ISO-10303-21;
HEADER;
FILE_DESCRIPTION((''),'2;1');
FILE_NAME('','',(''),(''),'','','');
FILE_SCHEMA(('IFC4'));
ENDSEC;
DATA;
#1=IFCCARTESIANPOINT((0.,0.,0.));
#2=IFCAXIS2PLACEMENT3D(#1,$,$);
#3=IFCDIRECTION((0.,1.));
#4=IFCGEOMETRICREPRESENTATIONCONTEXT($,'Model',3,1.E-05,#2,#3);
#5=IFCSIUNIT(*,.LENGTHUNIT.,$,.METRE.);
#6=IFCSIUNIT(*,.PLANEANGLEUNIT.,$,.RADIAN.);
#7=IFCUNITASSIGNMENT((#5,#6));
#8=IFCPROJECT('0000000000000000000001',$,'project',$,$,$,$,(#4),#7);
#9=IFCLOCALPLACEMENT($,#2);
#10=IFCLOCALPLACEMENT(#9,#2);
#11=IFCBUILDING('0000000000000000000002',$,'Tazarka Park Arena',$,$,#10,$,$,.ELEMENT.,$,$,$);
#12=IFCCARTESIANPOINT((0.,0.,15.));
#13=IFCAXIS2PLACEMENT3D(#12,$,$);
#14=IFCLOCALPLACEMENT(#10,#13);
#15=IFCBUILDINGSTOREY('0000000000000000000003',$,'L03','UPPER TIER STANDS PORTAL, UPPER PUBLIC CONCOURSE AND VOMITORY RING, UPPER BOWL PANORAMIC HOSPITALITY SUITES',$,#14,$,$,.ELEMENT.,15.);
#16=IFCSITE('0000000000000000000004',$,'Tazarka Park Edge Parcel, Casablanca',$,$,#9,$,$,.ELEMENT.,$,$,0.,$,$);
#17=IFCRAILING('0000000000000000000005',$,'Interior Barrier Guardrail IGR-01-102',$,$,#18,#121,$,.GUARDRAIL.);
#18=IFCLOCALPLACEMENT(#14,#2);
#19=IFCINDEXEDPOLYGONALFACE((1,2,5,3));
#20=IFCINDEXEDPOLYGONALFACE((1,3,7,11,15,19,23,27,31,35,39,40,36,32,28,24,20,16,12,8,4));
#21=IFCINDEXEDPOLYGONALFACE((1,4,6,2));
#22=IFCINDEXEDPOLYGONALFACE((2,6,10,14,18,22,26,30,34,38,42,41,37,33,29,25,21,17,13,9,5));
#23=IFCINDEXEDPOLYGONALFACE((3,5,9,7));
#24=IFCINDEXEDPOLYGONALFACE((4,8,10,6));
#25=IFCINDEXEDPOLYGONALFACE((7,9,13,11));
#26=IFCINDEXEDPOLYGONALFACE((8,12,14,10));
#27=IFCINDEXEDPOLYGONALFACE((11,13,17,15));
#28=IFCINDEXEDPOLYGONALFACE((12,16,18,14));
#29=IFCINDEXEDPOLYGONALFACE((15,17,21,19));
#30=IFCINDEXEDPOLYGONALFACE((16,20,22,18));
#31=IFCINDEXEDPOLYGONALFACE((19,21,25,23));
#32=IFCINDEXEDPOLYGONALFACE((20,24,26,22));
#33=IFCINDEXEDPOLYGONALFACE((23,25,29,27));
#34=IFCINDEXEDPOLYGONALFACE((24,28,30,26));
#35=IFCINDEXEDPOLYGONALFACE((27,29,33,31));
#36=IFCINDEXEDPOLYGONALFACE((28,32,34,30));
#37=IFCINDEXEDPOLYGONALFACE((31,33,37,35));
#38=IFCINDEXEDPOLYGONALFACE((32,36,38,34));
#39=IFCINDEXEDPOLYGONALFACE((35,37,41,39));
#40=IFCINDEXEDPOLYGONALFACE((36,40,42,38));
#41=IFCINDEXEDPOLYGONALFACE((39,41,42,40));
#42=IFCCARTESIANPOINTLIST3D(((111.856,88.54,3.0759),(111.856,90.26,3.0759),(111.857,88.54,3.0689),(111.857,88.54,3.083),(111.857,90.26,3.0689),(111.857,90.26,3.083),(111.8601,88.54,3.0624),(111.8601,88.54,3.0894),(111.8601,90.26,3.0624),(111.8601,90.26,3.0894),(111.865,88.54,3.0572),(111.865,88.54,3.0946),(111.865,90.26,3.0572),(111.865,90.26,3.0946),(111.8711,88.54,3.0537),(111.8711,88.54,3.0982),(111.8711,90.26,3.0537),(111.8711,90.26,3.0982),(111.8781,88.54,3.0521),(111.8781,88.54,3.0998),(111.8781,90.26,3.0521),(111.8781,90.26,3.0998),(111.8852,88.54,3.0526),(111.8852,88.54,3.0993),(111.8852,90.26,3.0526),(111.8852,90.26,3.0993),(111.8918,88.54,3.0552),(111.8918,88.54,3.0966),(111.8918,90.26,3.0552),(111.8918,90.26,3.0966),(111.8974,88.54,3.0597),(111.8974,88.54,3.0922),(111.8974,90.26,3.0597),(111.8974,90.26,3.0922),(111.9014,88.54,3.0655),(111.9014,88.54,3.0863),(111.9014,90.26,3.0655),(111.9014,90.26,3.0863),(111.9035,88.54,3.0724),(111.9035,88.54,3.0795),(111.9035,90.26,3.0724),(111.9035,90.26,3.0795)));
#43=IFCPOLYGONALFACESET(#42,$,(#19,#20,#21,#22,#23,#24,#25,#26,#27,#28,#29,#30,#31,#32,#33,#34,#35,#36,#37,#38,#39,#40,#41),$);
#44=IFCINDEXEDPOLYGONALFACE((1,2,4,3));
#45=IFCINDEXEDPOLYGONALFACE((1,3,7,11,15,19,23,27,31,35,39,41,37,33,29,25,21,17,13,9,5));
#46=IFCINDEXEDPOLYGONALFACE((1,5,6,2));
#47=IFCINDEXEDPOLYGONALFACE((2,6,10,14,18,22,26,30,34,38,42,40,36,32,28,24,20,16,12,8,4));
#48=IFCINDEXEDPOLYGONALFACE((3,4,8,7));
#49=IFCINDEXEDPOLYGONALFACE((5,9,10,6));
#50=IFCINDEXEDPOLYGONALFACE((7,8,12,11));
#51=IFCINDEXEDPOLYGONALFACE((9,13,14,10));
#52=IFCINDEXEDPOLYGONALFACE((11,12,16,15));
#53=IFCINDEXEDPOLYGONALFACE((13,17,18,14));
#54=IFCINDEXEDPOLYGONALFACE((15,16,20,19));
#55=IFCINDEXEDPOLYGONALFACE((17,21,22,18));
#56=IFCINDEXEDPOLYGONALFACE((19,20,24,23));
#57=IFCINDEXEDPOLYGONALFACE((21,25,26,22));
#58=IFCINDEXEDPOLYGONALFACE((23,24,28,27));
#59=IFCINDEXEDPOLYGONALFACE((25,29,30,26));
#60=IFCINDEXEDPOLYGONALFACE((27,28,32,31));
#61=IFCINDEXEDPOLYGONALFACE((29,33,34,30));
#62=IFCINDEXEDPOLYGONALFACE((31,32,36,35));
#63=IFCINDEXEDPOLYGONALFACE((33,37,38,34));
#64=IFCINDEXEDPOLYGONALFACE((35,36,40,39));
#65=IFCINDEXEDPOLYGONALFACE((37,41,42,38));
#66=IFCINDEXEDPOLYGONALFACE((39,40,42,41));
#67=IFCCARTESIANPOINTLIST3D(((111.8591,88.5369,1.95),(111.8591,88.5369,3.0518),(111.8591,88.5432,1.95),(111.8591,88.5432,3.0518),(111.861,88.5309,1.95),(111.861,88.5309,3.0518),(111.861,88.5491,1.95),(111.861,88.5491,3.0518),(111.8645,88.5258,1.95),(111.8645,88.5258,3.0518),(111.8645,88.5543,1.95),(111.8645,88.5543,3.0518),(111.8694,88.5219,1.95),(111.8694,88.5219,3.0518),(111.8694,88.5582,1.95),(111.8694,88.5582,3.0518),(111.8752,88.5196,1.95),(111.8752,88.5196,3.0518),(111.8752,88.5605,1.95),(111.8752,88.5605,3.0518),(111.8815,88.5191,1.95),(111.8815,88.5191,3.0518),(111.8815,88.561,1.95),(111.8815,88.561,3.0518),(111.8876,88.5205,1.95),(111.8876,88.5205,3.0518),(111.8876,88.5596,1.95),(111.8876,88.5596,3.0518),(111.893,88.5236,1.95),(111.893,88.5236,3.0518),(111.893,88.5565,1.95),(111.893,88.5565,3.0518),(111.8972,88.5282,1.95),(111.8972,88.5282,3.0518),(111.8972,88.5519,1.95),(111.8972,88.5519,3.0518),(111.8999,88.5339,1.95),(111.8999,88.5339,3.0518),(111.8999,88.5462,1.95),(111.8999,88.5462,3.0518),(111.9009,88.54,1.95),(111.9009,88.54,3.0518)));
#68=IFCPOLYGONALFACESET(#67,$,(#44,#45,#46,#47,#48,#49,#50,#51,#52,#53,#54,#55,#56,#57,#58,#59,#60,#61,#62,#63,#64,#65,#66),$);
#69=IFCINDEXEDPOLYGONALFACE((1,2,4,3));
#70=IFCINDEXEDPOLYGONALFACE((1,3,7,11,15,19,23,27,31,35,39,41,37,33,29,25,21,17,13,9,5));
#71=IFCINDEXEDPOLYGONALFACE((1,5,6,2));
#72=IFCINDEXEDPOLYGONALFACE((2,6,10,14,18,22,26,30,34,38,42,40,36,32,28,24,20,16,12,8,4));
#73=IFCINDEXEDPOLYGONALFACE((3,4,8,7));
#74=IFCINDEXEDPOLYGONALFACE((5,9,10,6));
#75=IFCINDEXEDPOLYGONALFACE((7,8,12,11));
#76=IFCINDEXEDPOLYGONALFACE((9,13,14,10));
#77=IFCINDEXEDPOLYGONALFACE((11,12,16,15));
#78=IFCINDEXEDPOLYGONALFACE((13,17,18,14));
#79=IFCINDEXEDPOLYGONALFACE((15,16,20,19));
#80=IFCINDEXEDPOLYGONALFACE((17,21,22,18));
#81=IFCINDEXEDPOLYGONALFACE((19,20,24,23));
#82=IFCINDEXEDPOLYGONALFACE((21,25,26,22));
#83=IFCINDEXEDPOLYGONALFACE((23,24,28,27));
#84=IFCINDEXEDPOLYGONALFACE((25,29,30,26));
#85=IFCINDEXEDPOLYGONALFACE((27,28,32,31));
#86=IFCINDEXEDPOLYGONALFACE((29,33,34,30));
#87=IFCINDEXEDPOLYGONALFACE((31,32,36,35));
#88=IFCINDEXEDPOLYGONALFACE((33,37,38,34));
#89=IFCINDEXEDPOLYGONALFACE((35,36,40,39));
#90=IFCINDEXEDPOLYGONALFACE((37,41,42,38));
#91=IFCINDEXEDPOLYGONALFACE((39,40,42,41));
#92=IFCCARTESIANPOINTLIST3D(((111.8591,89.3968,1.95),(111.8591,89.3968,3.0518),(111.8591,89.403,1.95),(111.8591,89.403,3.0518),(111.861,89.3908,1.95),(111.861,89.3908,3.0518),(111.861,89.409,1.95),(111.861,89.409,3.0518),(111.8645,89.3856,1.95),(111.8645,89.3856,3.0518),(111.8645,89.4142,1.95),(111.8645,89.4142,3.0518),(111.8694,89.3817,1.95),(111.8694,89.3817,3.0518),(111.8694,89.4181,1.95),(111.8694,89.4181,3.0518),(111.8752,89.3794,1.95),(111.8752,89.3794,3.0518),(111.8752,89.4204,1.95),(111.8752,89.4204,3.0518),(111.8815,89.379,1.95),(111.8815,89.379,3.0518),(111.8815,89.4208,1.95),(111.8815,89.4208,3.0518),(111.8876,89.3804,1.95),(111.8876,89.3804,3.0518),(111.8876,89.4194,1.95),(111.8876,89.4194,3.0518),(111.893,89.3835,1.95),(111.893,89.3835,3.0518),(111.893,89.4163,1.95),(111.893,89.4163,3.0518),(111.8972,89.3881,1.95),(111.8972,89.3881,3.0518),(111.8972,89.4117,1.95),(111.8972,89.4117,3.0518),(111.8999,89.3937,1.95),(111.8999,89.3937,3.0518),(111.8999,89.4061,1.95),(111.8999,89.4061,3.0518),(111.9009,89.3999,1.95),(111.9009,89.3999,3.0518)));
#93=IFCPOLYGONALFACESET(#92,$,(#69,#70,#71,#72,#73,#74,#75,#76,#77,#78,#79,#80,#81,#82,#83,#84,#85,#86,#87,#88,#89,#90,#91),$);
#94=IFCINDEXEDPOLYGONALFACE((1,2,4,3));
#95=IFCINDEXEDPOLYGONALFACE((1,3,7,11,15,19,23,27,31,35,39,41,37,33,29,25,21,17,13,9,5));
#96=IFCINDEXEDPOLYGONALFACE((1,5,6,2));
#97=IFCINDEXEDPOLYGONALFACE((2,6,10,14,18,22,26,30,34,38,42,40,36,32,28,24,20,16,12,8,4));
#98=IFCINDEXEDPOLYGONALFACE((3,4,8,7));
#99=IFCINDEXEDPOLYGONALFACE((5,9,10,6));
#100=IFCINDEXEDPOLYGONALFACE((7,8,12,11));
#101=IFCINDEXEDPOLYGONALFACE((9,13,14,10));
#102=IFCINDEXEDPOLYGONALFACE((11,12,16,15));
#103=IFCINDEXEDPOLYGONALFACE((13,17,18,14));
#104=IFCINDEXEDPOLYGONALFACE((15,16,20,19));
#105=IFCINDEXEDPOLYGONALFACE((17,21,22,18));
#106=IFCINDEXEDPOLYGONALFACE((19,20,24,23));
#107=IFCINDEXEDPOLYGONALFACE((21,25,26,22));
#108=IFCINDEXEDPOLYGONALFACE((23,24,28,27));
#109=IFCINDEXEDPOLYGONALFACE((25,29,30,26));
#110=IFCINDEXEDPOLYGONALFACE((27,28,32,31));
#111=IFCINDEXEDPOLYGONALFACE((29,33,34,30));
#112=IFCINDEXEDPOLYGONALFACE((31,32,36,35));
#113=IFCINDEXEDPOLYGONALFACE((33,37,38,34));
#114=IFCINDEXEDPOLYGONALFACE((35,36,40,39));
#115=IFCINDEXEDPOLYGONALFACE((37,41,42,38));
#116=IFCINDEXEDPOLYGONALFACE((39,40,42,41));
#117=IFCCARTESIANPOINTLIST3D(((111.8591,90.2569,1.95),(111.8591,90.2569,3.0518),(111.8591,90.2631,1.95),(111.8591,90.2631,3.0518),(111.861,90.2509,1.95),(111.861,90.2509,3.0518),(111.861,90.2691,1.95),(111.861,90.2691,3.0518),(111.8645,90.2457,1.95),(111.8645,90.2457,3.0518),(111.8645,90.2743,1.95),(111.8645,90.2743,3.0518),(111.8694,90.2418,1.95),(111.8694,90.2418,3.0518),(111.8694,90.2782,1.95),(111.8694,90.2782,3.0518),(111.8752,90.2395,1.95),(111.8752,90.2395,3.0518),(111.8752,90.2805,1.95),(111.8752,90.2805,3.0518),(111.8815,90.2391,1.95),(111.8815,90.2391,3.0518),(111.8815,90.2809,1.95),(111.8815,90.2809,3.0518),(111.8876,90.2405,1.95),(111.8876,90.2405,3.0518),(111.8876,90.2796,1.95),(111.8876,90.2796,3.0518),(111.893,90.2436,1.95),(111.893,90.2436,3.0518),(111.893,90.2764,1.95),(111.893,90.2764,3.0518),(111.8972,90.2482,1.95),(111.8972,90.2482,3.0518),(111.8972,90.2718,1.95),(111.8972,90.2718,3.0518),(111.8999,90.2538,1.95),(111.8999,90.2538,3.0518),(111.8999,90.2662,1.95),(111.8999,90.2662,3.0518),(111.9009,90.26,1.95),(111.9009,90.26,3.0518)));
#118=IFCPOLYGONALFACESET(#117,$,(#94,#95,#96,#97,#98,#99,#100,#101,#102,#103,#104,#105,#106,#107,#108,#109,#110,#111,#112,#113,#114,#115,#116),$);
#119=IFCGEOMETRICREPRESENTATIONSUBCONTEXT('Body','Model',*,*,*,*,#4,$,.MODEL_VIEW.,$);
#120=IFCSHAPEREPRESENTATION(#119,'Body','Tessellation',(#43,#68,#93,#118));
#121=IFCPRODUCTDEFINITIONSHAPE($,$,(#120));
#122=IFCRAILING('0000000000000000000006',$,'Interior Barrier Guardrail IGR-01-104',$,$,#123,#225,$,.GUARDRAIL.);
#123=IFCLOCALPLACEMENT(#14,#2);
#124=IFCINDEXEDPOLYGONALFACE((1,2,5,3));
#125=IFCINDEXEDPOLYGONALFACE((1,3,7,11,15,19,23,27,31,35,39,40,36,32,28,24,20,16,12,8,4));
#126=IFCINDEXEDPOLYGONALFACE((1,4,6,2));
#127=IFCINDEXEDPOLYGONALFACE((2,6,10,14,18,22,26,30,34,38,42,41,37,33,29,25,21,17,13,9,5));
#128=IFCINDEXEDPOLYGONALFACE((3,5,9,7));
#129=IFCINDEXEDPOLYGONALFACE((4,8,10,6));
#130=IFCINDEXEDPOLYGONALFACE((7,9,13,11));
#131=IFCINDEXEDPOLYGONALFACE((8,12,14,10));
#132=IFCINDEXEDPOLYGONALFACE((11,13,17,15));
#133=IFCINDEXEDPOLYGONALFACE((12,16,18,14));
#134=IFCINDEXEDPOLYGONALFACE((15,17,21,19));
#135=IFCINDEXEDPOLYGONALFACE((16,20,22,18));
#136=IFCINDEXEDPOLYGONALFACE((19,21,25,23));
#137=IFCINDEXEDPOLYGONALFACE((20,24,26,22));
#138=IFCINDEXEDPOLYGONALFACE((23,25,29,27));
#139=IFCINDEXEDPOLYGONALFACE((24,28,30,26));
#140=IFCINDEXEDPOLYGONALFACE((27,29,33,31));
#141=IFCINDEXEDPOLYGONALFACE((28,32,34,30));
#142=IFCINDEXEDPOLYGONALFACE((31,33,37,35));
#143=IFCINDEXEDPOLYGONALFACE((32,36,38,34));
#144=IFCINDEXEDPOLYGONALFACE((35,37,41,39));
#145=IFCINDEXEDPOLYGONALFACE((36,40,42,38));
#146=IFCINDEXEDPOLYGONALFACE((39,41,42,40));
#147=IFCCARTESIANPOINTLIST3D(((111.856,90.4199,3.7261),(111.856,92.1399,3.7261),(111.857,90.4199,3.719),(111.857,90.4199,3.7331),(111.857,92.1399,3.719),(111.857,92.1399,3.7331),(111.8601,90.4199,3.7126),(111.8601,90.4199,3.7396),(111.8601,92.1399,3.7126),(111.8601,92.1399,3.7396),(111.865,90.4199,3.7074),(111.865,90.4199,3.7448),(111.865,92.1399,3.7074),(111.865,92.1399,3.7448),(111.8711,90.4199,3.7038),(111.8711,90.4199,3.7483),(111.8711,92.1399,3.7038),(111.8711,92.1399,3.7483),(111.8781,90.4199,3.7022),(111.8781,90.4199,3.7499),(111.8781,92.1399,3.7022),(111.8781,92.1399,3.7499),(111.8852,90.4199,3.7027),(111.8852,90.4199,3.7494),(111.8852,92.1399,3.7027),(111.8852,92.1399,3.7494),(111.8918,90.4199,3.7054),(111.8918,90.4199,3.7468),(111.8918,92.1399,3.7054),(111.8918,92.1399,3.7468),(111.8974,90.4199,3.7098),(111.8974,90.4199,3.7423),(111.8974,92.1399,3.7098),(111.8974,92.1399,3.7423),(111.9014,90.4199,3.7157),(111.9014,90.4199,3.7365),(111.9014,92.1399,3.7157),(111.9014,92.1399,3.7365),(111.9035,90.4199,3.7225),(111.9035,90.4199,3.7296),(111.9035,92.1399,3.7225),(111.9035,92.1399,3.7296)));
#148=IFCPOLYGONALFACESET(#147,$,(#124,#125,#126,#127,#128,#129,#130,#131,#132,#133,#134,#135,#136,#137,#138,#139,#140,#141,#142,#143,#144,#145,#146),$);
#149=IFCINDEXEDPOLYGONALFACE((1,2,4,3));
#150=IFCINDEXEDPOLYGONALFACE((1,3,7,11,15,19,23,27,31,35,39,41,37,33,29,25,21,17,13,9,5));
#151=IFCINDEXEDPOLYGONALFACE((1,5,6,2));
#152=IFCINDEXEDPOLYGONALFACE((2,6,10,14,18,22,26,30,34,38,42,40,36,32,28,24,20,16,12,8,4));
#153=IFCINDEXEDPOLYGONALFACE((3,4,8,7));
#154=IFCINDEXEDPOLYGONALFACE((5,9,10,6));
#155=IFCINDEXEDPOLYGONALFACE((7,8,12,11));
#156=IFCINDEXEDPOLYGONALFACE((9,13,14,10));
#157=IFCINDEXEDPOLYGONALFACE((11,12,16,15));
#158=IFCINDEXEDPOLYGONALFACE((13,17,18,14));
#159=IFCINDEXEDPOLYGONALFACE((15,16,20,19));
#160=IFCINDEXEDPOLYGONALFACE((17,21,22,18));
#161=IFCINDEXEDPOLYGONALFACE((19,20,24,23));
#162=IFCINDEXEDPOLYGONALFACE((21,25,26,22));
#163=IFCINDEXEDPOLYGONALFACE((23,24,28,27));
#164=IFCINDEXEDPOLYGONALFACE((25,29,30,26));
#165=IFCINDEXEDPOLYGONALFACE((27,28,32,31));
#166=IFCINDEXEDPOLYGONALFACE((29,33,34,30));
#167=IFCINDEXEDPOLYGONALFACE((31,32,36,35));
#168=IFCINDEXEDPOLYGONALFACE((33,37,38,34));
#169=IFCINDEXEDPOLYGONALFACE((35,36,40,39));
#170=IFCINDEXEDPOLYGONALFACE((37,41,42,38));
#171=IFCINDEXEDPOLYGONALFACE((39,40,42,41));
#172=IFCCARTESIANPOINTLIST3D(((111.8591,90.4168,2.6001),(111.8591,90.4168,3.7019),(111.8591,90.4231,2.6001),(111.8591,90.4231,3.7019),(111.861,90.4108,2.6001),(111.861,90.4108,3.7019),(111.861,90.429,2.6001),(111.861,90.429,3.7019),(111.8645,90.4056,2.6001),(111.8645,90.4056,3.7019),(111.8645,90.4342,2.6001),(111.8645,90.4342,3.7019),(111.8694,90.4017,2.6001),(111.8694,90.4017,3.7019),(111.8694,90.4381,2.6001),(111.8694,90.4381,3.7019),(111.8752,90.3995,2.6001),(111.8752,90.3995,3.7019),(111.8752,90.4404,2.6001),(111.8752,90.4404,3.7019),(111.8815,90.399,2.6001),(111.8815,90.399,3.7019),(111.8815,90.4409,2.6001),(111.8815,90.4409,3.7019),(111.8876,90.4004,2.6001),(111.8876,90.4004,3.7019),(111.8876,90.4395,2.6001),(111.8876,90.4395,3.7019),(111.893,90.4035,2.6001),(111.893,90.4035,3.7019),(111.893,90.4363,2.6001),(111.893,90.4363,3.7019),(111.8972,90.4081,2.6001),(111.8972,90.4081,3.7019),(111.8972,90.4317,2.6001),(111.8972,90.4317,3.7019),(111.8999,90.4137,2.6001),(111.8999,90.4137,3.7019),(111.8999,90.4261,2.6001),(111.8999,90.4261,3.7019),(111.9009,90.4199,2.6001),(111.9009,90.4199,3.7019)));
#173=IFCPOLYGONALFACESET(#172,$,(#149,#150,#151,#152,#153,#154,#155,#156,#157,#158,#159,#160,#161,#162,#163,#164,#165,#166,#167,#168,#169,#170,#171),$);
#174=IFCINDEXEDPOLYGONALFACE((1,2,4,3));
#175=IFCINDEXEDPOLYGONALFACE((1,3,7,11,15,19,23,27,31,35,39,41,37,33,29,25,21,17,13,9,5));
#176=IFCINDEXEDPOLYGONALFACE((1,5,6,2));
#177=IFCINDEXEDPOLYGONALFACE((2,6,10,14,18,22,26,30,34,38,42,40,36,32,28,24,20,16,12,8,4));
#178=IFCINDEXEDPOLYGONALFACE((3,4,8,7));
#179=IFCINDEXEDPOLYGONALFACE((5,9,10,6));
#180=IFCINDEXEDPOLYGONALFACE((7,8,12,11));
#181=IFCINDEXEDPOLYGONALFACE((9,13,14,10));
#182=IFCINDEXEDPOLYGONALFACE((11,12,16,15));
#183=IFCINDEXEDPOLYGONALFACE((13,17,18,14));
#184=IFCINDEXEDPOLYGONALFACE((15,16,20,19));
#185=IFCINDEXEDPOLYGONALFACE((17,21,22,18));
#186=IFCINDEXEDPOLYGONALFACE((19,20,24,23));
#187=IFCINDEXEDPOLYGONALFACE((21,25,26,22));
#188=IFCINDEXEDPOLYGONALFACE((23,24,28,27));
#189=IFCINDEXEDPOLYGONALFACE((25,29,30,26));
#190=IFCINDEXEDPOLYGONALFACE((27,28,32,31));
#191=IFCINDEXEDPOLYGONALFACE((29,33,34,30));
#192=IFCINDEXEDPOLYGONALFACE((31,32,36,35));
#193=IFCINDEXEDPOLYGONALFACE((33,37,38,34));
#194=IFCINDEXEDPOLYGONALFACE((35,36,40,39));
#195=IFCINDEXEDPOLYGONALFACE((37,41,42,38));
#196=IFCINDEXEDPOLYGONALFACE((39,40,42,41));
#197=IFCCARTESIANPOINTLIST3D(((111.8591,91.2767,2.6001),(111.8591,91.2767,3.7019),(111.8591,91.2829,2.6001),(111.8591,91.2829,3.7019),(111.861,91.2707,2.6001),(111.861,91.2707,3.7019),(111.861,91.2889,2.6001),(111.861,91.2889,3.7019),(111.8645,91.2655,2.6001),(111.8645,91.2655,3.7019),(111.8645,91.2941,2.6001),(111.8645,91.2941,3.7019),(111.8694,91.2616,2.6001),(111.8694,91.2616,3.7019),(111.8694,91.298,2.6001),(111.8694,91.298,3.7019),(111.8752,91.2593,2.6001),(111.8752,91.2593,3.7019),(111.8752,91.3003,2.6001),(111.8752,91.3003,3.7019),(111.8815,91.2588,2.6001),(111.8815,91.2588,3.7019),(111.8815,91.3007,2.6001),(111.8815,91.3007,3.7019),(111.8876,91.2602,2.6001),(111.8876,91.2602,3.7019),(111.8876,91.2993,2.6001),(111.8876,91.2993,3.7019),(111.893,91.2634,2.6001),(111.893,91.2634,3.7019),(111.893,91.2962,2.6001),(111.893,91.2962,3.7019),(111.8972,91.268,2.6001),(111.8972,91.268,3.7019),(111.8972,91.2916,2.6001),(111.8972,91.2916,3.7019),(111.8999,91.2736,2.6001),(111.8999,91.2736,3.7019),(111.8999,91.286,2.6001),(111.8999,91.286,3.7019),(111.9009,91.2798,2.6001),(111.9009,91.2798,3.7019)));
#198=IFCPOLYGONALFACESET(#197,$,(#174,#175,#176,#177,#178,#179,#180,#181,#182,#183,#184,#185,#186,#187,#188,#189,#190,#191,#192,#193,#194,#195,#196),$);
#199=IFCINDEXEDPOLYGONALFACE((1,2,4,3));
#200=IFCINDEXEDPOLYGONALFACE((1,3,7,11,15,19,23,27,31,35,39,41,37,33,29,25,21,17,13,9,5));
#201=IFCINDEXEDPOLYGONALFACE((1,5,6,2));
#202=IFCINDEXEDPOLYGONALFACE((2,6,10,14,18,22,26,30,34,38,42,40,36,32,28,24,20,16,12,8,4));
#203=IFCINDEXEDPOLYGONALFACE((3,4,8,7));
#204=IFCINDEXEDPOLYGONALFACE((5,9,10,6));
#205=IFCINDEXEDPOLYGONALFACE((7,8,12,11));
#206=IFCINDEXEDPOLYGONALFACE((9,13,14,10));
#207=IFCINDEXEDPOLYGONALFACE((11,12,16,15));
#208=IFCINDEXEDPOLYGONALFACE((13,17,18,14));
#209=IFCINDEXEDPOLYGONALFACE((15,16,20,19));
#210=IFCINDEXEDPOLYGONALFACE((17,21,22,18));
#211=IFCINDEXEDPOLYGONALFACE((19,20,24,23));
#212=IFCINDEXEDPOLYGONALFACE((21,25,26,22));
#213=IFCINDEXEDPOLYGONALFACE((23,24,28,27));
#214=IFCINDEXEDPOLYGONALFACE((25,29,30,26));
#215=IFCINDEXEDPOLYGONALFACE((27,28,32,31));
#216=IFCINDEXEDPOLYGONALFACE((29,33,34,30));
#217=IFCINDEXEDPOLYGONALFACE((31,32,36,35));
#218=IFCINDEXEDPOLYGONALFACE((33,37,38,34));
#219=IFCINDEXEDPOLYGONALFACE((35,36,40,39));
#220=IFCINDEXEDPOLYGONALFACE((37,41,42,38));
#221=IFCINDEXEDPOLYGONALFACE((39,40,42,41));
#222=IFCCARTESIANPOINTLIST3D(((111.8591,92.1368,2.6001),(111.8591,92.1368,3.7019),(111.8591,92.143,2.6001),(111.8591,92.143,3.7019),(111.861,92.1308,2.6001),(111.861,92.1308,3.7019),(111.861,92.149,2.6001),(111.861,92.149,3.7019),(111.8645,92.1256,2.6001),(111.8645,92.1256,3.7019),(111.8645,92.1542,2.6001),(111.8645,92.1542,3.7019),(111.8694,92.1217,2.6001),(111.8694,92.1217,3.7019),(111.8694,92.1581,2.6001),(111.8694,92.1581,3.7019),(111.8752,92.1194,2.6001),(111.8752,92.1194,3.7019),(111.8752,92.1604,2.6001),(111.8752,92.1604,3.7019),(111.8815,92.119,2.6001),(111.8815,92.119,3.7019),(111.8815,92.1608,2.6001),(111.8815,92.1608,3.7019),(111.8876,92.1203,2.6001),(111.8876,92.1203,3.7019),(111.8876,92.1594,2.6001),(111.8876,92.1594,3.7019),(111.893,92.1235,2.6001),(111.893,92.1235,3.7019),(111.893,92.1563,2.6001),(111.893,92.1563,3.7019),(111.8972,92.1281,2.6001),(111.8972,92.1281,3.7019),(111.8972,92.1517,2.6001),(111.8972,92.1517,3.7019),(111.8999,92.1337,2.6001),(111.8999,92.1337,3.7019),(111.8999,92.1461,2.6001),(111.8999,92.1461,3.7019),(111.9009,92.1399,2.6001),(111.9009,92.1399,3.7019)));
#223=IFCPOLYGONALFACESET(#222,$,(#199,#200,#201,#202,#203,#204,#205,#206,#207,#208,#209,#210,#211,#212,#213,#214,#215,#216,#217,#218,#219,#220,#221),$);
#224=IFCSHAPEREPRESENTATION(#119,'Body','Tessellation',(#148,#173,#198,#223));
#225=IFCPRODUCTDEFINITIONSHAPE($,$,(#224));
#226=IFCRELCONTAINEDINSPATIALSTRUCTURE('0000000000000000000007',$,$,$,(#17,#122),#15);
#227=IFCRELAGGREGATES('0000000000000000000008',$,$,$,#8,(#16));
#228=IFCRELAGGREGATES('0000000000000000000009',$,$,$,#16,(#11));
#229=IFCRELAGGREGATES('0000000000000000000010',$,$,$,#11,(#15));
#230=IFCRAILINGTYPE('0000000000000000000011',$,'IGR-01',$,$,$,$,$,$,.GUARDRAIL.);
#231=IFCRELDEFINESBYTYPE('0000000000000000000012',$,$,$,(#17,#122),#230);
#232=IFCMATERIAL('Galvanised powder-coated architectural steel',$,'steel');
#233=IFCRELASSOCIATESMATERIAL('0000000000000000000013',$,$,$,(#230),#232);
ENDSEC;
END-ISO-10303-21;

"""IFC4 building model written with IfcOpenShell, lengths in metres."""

from ifc_helpers import new_model, si_unit, direction, frame, origin, origin_2d, place, context, subcontext, project, spatial, circle, extrude, material, type_object, element, save


model = new_model("IFC4")

# Units and contexts
model_context = context("Model", 3, precision=1e-05, world=origin(), true_north=direction((0.0, 1.0)))
body_context = subcontext(model_context, "Body", "Model", "MODEL_VIEW")
ifc_project = project(units=[si_unit("LENGTHUNIT", "METRE"), si_unit("PLANEANGLEUNIT", "RADIAN")], contexts=[model_context])

# Site, building, storey
site_placement = place(None, origin())
site = spatial("IfcSite", under=ifc_project, at=site_placement, Name="Tazarka Park Edge Parcel, Casablanca", CompositionType="ELEMENT", RefElevation=0.0)
building_placement = place(site_placement, origin())
building = spatial("IfcBuilding", under=site, at=building_placement, Name="Tazarka Park Arena", CompositionType="ELEMENT")
storey_placement = place(building_placement, frame((0.0, 0.0, 15.0)))
storey = spatial("IfcBuildingStorey", under=building, at=storey_placement, Name="L03", Description="UPPER TIER STANDS PORTAL, UPPER PUBLIC CONCOURSE AND VOMITORY RING, UPPER BOWL PANORAMIC HOSPITALITY SUITES", CompositionType="ELEMENT", Elevation=15.0)

# Railings
ifc_material_1 = material(Name="Galvanised powder-coated architectural steel", Category="steel")
railing_type = type_object("IfcRailingType", Name="IGR-01", PredefinedType="GUARDRAIL", material=ifc_material_1)
for number, where, name in (
    (1, (111.8799, 88.54, 1.95), "Interior Barrier Guardrail IGR-01-102"),
    (2, (111.8799, 90.4199, 2.6001), "Interior Barrier Guardrail IGR-01-104"),
):
    element("IfcRailing", number, at=place(storey_placement, frame(where)), inside=storey, type_object=railing_type, Name=name, PredefinedType="GUARDRAIL", context=body_context, shape_type="SweptSolid", body=[
        extrude(circle(Radius=0.0239, at=origin_2d()), frame((0.0, 0.0, 1.126), z_axis=(0.0, 1.0, 0.0), x_axis=(-1.0, 0.0, 0.0)), (0.0, 0.0, 1.0), 1.72),
        extrude(circle(Radius=0.021, at=origin_2d()), origin(), (0.0, 0.0, 1.0), 1.1018),
        extrude(circle(Radius=0.021, at=origin_2d()), frame((0.0, 0.8599, 0.0)), (0.0, 0.0, 1.0), 1.1018),
        extrude(circle(Radius=0.021, at=origin_2d()), frame((0.0, 1.72, 0.0)), (0.0, 0.0, 1.0), 1.1018),
    ])

save(model, "model.ifc")
